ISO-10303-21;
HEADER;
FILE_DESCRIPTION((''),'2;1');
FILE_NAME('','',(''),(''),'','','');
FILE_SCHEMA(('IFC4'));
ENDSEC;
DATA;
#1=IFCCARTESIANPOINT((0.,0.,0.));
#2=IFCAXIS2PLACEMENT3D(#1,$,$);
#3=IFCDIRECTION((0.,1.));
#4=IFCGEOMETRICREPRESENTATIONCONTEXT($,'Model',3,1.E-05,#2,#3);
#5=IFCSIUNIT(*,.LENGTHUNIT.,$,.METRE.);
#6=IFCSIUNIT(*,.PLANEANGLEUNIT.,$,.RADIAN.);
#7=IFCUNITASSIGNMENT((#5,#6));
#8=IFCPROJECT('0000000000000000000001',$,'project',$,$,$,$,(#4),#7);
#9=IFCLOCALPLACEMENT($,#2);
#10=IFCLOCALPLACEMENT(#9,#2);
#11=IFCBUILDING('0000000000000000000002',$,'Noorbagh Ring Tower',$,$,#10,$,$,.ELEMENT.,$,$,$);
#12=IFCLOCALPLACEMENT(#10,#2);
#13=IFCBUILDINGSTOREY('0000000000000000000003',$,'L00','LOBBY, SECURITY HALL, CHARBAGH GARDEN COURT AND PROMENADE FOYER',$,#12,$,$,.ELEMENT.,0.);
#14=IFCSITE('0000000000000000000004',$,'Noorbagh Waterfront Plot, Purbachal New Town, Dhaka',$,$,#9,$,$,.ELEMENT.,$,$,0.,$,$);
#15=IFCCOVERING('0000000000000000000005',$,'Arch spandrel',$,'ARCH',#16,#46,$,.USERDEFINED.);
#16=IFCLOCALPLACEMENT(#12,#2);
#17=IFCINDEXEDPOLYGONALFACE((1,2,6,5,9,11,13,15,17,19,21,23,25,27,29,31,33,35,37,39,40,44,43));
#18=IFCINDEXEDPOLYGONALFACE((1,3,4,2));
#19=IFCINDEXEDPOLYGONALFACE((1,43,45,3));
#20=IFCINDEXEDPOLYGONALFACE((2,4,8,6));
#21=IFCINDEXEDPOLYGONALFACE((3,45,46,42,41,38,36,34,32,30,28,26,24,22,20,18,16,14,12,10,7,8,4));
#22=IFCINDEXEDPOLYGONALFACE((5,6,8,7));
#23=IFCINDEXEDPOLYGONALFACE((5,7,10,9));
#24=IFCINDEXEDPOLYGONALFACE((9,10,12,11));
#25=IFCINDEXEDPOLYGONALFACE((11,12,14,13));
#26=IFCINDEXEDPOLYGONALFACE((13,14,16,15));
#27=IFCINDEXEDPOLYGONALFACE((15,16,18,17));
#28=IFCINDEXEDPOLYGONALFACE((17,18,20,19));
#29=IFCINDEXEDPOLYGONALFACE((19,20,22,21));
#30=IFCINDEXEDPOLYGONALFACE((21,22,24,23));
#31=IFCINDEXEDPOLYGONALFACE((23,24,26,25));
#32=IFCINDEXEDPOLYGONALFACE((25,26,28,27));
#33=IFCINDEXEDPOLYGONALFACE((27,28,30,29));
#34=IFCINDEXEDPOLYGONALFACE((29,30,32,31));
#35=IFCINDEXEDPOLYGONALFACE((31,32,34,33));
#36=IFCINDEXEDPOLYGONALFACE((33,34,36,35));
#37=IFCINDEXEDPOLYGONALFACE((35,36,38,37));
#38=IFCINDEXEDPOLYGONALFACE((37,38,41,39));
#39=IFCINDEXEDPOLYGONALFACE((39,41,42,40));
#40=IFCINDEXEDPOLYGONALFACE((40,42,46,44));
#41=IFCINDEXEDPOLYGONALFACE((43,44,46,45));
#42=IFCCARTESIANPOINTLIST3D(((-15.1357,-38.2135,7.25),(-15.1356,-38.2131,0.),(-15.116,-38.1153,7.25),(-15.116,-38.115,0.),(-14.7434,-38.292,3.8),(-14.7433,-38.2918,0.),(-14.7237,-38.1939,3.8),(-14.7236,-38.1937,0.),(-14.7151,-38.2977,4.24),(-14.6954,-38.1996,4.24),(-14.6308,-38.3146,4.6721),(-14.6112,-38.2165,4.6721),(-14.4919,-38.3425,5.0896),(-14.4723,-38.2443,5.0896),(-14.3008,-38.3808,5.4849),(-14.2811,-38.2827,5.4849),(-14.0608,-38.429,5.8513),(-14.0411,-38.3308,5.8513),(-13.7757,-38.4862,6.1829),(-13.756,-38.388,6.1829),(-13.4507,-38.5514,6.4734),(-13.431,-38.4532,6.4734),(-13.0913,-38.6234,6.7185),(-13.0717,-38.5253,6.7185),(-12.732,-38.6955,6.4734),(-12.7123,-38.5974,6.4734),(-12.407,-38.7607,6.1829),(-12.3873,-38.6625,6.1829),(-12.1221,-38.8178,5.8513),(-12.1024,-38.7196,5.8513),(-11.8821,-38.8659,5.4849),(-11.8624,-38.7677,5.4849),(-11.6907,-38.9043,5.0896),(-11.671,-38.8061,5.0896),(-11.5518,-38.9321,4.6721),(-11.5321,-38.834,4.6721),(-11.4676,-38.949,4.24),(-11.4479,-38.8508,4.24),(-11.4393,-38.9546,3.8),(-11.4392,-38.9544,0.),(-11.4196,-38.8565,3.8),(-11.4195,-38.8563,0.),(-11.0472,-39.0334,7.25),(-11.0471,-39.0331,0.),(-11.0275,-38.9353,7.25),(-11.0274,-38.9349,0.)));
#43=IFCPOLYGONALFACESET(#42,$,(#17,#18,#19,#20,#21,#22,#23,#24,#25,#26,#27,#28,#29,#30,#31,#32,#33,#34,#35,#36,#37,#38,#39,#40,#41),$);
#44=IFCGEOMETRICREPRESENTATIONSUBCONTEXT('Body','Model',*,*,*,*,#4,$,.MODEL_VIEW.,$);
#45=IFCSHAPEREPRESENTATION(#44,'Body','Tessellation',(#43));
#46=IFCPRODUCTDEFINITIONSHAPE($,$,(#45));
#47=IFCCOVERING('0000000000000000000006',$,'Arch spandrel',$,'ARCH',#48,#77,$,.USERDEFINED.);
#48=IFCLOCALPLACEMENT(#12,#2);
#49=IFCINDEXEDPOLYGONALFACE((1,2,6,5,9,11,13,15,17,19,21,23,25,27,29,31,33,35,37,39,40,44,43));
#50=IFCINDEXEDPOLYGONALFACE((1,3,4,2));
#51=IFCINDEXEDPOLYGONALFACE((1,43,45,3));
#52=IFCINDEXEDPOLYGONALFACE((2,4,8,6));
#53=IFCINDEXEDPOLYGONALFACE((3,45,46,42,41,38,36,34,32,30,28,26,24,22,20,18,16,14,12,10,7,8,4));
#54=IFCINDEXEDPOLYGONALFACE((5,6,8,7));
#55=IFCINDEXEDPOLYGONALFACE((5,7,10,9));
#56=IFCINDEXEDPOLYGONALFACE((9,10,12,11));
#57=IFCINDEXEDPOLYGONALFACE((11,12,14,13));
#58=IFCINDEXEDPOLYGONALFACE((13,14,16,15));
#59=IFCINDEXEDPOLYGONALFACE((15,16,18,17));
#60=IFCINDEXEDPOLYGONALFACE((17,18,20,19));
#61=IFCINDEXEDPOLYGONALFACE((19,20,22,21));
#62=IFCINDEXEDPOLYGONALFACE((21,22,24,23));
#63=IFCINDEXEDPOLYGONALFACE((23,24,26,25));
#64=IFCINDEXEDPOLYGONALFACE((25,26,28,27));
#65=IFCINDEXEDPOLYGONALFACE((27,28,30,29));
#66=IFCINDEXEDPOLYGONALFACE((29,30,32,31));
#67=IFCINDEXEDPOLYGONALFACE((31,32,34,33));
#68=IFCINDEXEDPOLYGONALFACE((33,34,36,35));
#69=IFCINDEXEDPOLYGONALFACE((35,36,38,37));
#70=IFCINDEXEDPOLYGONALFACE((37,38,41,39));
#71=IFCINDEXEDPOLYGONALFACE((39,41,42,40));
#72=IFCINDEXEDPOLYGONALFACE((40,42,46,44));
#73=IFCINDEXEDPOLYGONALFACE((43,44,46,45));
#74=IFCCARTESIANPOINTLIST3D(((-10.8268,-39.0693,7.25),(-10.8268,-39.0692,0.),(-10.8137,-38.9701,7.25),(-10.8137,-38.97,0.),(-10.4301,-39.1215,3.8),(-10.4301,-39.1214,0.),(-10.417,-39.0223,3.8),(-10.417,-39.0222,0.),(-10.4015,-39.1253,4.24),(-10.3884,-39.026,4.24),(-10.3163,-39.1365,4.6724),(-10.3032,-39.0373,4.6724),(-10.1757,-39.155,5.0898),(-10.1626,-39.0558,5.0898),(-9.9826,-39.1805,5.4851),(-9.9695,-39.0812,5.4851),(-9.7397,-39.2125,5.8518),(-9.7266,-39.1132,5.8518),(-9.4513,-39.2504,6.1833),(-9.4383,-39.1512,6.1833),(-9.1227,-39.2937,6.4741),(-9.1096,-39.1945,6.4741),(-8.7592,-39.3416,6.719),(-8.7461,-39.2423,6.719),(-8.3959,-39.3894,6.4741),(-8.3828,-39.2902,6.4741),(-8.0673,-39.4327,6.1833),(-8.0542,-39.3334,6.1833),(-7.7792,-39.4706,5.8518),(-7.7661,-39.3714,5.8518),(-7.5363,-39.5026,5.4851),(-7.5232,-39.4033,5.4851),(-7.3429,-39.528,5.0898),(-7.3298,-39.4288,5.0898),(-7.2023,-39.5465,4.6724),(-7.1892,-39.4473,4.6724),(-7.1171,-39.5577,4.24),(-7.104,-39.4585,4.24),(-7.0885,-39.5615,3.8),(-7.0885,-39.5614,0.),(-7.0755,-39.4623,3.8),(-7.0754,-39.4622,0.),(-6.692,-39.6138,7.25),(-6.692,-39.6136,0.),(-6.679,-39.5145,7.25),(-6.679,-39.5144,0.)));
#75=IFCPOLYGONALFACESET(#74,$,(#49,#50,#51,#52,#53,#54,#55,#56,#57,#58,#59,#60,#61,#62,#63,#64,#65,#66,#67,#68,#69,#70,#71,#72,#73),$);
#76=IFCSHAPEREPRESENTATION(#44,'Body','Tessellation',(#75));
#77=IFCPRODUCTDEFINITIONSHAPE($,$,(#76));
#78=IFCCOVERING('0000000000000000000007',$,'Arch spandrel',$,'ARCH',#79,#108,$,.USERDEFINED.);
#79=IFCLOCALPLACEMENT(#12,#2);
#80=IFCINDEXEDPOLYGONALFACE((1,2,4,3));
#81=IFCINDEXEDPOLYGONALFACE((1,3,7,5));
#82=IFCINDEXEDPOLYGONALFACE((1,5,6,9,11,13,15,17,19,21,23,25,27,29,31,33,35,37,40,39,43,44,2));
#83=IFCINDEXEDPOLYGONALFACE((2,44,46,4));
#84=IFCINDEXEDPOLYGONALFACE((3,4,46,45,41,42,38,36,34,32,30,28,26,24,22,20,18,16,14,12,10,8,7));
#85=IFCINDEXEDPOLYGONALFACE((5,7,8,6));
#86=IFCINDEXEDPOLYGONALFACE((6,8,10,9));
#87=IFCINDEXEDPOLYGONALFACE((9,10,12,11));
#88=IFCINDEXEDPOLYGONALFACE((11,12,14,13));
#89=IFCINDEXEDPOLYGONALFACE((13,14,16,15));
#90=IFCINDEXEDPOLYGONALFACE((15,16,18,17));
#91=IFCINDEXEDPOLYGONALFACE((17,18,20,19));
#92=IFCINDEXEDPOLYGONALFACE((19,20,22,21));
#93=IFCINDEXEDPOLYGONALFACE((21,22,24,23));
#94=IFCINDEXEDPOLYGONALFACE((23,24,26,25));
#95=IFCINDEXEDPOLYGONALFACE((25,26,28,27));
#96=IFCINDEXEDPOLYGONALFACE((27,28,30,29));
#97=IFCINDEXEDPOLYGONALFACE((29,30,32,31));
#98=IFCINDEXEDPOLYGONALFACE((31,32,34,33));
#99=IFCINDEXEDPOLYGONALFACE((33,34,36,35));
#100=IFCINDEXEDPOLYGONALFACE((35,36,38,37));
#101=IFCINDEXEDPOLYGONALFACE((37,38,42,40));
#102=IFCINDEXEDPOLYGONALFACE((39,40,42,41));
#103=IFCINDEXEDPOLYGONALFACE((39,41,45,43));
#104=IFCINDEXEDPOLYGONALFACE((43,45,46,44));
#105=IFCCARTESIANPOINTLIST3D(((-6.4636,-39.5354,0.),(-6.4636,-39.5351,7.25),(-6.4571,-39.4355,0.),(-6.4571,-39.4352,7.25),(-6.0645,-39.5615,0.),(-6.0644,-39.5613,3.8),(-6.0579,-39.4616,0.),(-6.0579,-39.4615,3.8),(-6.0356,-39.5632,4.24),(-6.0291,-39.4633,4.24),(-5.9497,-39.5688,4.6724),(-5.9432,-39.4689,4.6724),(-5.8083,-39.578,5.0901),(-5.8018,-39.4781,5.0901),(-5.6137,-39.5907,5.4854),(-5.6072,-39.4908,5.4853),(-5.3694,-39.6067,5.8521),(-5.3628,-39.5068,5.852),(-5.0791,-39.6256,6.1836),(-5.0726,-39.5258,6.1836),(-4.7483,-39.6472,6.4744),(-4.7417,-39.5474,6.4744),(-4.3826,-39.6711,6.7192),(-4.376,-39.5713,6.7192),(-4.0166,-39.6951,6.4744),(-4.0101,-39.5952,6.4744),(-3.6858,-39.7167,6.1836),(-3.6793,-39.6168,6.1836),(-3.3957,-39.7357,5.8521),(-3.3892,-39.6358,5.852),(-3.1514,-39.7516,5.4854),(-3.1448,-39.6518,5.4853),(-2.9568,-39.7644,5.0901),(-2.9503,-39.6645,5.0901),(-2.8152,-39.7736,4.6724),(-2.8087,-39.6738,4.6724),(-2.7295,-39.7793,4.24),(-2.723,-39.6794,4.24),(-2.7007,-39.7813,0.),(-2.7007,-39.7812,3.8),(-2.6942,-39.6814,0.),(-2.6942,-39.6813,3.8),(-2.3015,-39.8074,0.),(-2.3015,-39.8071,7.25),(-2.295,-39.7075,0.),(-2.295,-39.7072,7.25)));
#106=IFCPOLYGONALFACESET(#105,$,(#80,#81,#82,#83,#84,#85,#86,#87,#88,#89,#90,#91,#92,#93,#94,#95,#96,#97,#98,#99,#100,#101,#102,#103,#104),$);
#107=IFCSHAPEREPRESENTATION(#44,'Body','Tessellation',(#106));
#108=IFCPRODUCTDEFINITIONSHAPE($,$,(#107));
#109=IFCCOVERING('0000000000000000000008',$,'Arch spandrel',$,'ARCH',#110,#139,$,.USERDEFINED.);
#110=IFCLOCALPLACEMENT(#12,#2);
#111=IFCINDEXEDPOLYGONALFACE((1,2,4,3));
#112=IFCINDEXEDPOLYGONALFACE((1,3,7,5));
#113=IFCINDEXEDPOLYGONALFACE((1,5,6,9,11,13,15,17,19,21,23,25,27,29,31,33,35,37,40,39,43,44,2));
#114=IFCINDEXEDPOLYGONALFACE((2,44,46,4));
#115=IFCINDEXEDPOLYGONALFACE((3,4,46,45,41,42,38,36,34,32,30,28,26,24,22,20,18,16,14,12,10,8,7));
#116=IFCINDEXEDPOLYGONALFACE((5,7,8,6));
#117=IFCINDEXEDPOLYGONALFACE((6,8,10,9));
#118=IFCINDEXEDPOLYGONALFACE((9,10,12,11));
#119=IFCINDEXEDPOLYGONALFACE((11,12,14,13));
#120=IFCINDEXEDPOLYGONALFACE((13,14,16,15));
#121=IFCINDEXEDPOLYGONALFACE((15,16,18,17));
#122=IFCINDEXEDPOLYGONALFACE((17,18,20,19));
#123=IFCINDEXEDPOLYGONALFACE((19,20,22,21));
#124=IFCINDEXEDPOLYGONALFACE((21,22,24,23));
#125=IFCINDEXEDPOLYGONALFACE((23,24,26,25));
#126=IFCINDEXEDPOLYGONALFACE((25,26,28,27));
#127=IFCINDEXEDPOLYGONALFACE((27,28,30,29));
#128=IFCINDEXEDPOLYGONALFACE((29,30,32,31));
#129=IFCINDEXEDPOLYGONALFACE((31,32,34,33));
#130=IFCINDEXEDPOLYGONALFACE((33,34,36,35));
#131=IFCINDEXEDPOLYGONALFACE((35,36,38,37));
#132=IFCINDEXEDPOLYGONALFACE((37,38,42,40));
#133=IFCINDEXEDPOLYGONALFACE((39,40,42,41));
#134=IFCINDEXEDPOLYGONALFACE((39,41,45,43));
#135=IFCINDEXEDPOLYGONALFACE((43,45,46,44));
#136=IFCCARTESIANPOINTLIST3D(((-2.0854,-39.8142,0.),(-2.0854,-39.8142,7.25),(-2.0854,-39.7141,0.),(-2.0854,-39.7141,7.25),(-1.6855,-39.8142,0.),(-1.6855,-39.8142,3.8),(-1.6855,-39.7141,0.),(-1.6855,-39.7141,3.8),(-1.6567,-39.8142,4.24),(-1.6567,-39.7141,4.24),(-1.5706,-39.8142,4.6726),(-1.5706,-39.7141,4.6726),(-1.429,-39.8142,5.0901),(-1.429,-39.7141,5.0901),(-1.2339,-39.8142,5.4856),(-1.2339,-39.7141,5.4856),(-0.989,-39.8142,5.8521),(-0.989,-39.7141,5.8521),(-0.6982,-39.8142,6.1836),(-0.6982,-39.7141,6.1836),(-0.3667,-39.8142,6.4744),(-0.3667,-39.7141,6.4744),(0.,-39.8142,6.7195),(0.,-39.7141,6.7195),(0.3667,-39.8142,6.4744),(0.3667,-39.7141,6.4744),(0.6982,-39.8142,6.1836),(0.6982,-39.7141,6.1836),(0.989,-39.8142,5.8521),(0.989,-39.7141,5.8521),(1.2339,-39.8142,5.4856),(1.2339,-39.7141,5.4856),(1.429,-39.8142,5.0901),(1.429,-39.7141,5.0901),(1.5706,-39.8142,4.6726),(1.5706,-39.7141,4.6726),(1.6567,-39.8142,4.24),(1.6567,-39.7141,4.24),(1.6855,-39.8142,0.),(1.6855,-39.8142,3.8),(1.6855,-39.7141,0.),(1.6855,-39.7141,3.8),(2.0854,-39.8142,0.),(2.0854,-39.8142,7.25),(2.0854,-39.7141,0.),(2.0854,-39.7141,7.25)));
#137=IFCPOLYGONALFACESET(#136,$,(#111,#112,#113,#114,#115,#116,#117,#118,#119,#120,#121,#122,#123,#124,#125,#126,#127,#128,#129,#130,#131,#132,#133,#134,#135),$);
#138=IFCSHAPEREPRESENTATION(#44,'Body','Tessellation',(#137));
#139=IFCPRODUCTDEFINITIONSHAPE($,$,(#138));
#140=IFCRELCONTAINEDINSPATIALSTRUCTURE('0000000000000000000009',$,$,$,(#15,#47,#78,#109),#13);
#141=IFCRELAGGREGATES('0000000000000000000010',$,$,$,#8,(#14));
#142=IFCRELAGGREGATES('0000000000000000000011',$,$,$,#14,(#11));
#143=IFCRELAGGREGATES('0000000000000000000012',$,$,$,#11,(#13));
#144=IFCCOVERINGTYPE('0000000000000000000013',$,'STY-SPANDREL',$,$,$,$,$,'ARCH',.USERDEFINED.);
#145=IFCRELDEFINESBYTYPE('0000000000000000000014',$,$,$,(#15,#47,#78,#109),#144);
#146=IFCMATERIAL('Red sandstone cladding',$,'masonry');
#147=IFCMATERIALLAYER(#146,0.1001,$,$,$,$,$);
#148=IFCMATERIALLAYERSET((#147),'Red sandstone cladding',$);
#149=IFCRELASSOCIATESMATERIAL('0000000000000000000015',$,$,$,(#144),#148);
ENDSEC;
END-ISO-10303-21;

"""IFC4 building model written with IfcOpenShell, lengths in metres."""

from ifc_helpers import new_model, si_unit, direction, frame, origin, place, context, subcontext, project, spatial, polyline, outline, extrude, material, layer, layer_set, type_object, element, save


model = new_model("IFC4")

# Units and contexts
model_context = context("Model", 3, precision=1e-05, world=origin(), true_north=direction((0.0, 1.0)))
body_context = subcontext(model_context, "Body", "Model", "MODEL_VIEW")
ifc_project = project(units=[si_unit("LENGTHUNIT", "METRE"), si_unit("PLANEANGLEUNIT", "RADIAN")], contexts=[model_context])

# Site, building, storey
site_placement = place(None, origin())
site = spatial("IfcSite", under=ifc_project, at=site_placement, Name="Noorbagh Waterfront Plot, Purbachal New Town, Dhaka", CompositionType="ELEMENT", RefElevation=0.0)
building_placement = place(site_placement, origin())
building = spatial("IfcBuilding", under=site, at=building_placement, Name="Noorbagh Ring Tower", CompositionType="ELEMENT")
storey_placement = place(building_placement, origin())
storey = spatial("IfcBuildingStorey", under=building, at=storey_placement, Name="L00", Description="LOBBY, SECURITY HALL, CHARBAGH GARDEN COURT AND PROMENADE FOYER", CompositionType="ELEMENT", Elevation=0.0)

# Coverings
ifc_material_1 = material(Name="Red sandstone cladding", Category="masonry")
ifc_layer_1 = layer(ifc_material_1, 0.1001)
ifc_layer_set_1 = layer_set([ifc_layer_1], Name="Red sandstone cladding")
covering_type = type_object("IfcCoveringType", Name="STY-SPANDREL", ElementType="ARCH", PredefinedType="USERDEFINED", material=ifc_layer_set_1)
covering_1_placement = place(storey_placement, frame((-15.116, -38.115, 0.0), z_axis=(0.196631, 0.980478, 0.000049), x_axis=(0.980478, -0.196631, 0.0)))
element("IfcCovering", 1, at=covering_1_placement, inside=storey, type_object=covering_type, Name="Arch spandrel", ObjectType="ARCH", PredefinedType="USERDEFINED", context=body_context, shape_type="SweptSolid", body=[
    extrude(outline(polyline([(0.0, 0.0), (0.4001, 0.0), (0.4001, -3.8), (0.429, -4.24), (0.5149, -4.6721), (0.6566, -5.0896), (0.8515, -5.4849), (1.0963, -5.8513), (1.3871, -6.1829), (1.7186, -6.4734), (2.0851, -6.7185), (2.4516, -6.4734), (2.783, -6.1829), (3.0736, -5.8513), (3.3184, -5.4849), (3.5136, -5.0896), (3.6552, -4.6721), (3.7411, -4.24), (3.77, -3.8), (3.77, 0.0), (4.17, 0.0), (4.17, -7.25), (0.0, -7.25), (0.0, 0.0)])), origin(), (0.0, 0.0, -1.0), 0.1001),
])
covering_2_placement = place(storey_placement, frame((-10.8137, -38.97, 0.0), z_axis=(0.130543, 0.991443, 0.000018), x_axis=(0.991443, -0.130543, 0.0)))
element("IfcCovering", 2, at=covering_2_placement, inside=storey, type_object=covering_type, Name="Arch spandrel", ObjectType="ARCH", PredefinedType="USERDEFINED", context=body_context, shape_type="SweptSolid", body=[
    extrude(outline(polyline([(0.0, 0.0), (0.4002, 0.0), (0.4002, -3.8), (0.429, -4.24), (0.5149, -4.6724), (0.6567, -5.0898), (0.8515, -5.4851), (1.0965, -5.8518), (1.3873, -6.1833), (1.7188, -6.4741), (2.0855, -6.719), (2.4519, -6.4741), (2.7833, -6.1833), (3.0739, -5.8518), (3.3189, -5.4851), (3.514, -5.0898), (3.6558, -4.6724), (3.7417, -4.24), (3.7705, -3.8), (3.7705, 0.0), (4.1705, 0.0), (4.1705, -7.25), (0.0, -7.25), (0.0, 0.0)])), origin(), (0.0, 0.0, -1.0), 0.1001),
])
covering_3_placement = place(storey_placement, frame((-6.4636, -39.5354, 0.0), z_axis=(-0.065208, -0.997872, 0.000038), x_axis=(0.997872, -0.065208, 0.0)))
element("IfcCovering", 3, at=covering_3_placement, inside=storey, type_object=covering_type, Name="Arch spandrel", ObjectType="ARCH", PredefinedType="USERDEFINED", context=body_context, shape_type="SweptSolid", body=[
    extrude(outline(polyline([(0.0, 0.0), (0.4, 0.0), (0.4, 3.8), (0.4289, 4.24), (0.515, 4.6724), (0.6567, 5.0901), (0.8517, 5.4854), (1.0966, 5.8521), (1.3875, 6.1836), (1.719, 6.4744), (2.0855, 6.7192), (2.4522, 6.4744), (2.7837, 6.1836), (3.0744, 5.8521), (3.3193, 5.4854), (3.5143, 5.0901), (3.6562, 4.6724), (3.7421, 4.24), (3.7709, 3.8), (3.7709, 0.0), (4.171, 0.0), (4.171, 7.25), (0.0, 7.25), (0.0, 0.0)])), origin(), (0.0, 0.0, -1.0), 0.1001),
])
covering_4_placement = place(storey_placement, frame((-2.0854, -39.8142, 0.0), z_axis=(0.0, -1.0, 0.0), x_axis=(1.0, 0.0, 0.0)))
element("IfcCovering", 4, at=covering_4_placement, inside=storey, type_object=covering_type, Name="Arch spandrel", ObjectType="ARCH", PredefinedType="USERDEFINED", context=body_context, shape_type="SweptSolid", body=[
    extrude(outline(polyline([(0.0, 0.0), (0.3999, 0.0), (0.3999, 3.8), (0.4287, 4.24), (0.5149, 4.6726), (0.6565, 5.0901), (0.8516, 5.4856), (1.0964, 5.8521), (1.3872, 6.1836), (1.7188, 6.4744), (2.0854, 6.7195), (2.4521, 6.4744), (2.7837, 6.1836), (3.0745, 5.8521), (3.3193, 5.4856), (3.5144, 5.0901), (3.656, 4.6726), (3.7422, 4.24), (3.771, 3.8), (3.771, 0.0), (4.1709, 0.0), (4.1709, 7.25), (0.0, 7.25), (0.0, 0.0)])), origin(), (0.0, 0.0, -1.0), 0.1001),
])

save(model, "model.ifc")
